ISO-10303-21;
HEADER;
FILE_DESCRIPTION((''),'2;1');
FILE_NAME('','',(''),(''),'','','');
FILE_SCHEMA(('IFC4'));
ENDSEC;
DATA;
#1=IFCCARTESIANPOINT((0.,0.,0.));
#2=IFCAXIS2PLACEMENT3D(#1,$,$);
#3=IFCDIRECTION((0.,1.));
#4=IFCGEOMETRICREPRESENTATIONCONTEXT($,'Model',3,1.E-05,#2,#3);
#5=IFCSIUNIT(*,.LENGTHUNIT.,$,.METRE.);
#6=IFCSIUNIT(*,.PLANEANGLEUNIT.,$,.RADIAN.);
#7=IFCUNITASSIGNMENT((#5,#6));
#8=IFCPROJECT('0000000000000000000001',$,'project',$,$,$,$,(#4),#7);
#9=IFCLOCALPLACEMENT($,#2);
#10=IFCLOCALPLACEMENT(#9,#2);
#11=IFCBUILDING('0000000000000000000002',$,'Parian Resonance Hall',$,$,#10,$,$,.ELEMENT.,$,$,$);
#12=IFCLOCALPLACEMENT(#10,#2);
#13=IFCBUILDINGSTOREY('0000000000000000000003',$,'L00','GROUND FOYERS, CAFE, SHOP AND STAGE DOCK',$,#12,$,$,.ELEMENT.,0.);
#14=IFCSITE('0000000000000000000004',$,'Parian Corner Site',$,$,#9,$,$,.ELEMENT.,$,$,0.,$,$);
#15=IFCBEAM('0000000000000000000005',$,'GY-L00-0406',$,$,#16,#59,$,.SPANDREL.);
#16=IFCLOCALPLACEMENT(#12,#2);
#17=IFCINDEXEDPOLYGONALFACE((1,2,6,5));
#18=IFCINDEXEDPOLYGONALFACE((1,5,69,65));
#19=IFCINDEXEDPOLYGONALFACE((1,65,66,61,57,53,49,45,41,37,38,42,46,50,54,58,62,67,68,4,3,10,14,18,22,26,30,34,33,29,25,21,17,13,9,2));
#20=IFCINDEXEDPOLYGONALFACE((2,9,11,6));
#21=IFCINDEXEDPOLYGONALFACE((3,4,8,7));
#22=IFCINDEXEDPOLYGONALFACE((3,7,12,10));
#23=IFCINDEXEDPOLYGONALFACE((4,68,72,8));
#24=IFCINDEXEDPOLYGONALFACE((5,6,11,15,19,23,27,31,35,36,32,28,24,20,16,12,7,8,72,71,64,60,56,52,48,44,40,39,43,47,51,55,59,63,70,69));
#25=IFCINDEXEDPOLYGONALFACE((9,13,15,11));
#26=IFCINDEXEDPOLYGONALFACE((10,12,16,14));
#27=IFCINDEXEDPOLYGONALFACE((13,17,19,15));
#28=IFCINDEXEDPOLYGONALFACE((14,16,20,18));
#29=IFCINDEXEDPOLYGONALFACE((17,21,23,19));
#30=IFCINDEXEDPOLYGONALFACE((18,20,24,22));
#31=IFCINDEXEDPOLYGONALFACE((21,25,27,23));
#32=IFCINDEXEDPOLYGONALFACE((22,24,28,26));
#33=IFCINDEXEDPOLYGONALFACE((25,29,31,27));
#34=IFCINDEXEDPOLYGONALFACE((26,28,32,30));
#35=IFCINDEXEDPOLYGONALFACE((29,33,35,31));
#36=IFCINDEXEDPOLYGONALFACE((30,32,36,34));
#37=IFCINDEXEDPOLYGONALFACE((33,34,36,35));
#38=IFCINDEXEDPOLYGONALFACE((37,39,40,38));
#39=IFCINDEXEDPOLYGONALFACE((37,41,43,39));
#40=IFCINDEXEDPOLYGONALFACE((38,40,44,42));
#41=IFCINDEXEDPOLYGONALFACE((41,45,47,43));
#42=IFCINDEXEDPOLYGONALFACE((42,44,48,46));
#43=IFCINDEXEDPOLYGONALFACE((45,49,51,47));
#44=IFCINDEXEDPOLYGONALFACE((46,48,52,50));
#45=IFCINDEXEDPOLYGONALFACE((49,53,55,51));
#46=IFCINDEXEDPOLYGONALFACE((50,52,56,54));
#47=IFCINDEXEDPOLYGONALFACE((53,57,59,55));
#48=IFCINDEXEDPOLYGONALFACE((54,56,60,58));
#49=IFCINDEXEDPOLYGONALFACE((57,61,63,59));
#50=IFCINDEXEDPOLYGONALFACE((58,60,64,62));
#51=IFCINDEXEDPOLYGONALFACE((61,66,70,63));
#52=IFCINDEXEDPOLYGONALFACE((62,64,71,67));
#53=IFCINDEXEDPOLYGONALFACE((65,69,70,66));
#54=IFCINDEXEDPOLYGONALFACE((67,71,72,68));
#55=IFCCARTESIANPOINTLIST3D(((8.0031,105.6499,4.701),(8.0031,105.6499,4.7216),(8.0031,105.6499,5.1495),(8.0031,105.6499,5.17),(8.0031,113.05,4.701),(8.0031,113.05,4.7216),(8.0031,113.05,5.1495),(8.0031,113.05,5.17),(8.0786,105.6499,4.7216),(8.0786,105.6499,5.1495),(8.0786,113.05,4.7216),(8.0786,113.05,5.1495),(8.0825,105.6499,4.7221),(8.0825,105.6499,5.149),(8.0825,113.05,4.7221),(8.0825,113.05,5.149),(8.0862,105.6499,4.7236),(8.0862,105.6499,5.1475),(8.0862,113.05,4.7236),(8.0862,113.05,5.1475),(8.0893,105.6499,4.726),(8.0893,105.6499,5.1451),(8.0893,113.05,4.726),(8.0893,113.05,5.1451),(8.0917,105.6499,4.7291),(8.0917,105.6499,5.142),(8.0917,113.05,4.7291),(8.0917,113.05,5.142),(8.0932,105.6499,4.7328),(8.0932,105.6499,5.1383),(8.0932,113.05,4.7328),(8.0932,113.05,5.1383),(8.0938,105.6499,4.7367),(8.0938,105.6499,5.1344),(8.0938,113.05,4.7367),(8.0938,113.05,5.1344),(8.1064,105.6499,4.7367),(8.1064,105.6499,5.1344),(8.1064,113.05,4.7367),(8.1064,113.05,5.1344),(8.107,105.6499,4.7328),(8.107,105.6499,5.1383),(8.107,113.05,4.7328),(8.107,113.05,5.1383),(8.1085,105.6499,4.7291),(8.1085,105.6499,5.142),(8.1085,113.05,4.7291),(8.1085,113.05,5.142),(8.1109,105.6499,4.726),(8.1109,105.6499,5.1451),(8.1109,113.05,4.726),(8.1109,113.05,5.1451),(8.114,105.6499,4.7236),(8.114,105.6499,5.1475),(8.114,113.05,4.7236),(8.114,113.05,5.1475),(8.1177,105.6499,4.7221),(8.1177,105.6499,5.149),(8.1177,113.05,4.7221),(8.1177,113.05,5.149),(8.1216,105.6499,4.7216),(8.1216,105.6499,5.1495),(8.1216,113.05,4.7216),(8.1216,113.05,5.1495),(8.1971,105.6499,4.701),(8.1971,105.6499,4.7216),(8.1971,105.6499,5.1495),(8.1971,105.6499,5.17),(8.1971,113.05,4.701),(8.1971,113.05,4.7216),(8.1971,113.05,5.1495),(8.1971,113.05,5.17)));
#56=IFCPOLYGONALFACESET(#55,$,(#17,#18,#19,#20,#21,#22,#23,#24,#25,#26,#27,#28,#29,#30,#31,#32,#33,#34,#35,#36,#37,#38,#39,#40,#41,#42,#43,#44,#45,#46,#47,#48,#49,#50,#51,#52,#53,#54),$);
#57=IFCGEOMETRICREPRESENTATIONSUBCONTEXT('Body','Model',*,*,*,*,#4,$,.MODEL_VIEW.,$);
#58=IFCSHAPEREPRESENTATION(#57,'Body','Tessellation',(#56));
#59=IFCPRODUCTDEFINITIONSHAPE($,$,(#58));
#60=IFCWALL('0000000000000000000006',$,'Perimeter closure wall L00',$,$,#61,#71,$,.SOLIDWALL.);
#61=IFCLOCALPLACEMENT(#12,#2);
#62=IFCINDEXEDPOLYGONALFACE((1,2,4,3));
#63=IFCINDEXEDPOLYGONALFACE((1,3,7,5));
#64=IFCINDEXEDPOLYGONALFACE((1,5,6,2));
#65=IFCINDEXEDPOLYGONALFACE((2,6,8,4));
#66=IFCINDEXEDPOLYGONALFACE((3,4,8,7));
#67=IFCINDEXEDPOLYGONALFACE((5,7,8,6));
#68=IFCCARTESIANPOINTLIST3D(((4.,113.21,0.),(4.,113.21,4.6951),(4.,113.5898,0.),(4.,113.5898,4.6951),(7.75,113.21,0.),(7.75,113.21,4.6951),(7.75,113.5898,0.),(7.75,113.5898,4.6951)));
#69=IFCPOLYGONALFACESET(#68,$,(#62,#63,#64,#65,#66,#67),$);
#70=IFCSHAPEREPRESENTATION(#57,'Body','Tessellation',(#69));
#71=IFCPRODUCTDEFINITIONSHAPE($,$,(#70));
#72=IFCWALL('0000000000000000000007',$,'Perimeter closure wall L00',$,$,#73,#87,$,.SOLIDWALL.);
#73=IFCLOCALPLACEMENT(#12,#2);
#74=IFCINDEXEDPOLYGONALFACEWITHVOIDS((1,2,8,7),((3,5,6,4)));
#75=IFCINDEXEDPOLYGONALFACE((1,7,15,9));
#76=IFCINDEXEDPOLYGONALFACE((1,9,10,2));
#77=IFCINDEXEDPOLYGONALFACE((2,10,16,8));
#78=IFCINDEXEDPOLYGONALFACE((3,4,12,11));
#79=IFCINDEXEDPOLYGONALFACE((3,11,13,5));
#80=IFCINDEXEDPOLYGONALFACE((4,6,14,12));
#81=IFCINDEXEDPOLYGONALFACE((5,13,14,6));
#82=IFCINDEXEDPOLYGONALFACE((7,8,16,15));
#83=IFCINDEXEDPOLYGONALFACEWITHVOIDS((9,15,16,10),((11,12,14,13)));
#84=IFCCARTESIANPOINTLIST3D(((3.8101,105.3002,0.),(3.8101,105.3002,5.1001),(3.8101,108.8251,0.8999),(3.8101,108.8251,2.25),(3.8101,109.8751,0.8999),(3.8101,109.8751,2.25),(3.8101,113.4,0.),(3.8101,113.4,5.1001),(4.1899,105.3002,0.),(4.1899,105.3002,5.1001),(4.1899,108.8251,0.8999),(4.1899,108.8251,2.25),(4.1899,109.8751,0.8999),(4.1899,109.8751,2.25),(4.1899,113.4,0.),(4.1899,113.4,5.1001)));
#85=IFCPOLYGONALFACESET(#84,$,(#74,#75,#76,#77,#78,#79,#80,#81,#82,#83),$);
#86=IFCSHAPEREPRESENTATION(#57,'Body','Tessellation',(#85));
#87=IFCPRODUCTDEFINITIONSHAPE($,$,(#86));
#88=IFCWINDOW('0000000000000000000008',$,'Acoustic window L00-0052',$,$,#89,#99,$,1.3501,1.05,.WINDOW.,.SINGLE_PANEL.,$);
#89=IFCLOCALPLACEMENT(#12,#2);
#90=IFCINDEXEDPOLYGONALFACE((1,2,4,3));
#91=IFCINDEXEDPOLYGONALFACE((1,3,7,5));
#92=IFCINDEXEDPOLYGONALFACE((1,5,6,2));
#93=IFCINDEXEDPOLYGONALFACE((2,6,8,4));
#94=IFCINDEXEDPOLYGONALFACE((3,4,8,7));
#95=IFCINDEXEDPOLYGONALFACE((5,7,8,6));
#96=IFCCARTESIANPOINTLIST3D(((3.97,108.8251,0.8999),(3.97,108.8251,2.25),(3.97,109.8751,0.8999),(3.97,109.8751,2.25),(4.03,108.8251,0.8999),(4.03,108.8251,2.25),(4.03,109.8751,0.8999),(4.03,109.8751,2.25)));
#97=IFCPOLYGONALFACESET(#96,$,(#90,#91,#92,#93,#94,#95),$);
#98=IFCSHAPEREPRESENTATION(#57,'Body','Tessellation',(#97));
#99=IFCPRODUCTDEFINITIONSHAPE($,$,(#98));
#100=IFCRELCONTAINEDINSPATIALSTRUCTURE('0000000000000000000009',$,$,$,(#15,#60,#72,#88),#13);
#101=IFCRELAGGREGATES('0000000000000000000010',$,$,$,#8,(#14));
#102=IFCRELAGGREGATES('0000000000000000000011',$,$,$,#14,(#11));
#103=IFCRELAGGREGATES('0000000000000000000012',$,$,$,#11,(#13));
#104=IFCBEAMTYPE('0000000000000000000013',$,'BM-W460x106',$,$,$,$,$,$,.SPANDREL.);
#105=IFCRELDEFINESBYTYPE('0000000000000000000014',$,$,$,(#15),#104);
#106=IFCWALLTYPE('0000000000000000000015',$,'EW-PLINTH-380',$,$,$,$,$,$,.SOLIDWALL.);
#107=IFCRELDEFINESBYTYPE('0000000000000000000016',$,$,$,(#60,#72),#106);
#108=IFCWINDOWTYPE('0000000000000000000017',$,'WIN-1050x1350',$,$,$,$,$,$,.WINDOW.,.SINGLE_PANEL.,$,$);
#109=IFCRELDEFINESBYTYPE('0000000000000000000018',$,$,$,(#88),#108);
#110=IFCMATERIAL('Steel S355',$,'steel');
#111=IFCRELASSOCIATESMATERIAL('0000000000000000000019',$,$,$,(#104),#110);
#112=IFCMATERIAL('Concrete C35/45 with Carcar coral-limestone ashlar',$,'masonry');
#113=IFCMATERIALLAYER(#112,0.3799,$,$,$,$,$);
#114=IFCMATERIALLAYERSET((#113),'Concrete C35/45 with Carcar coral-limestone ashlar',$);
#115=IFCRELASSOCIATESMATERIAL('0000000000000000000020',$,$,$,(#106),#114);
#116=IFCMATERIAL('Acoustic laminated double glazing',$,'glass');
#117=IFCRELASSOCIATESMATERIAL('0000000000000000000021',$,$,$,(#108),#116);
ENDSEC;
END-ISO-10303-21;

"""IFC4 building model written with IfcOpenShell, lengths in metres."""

from ifc_helpers import new_model, si_unit, direction, frame, frame_2d, origin, origin_2d, place, context, subcontext, project, spatial, rectangle, i_section, extrude, material, layer, layer_set, material_profile, profile_set, type_object, element, fill, save


model = new_model("IFC4")

# Units and contexts
model_context = context("Model", 3, precision=1e-05, world=origin(), true_north=direction((0.0, 1.0)))
body_context = subcontext(model_context, "Body", "Model", "MODEL_VIEW")
ifc_project = project(units=[si_unit("LENGTHUNIT", "METRE"), si_unit("PLANEANGLEUNIT", "RADIAN")], contexts=[model_context])

# Site, building, storey
site_placement = place(None, origin())
site = spatial("IfcSite", under=ifc_project, at=site_placement, Name="Parian Corner Site", CompositionType="ELEMENT", RefElevation=0.0)
building_placement = place(site_placement, origin())
building = spatial("IfcBuilding", under=site, at=building_placement, Name="Parian Resonance Hall", CompositionType="ELEMENT")
storey_placement = place(building_placement, origin())
storey = spatial("IfcBuildingStorey", under=building, at=storey_placement, Name="L00", Description="GROUND FOYERS, CAFE, SHOP AND STAGE DOCK", CompositionType="ELEMENT", Elevation=0.0)

# Beam
ifc_material_1 = material(Name="Steel S355", Category="steel")
ifc_material_profile_1 = material_profile(ifc_material_1, i_section(OverallWidth=0.1941, OverallDepth=0.469, WebThickness=0.0127, FlangeThickness=0.0205, FilletRadius=0.0151, at=origin_2d()), Name="W460x106")
ifc_profile_set_1 = profile_set([ifc_material_profile_1], Name="Steel S355")
beam_type_1 = type_object("IfcBeamType", Name="BM-W460x106", PredefinedType="SPANDREL", material=ifc_profile_set_1)
beam_1_placement = place(storey_placement, frame((8.1001, 105.6499, 4.9355), z_axis=(0.0, 1.0, 0.0), x_axis=(-1.0, 0.0, 0.0)))
element("IfcBeam", 1, at=beam_1_placement, inside=storey, type_object=beam_type_1, Name="GY-L00-0406", PredefinedType="SPANDREL", context=body_context, shape_type="SweptSolid", body=[
    extrude(i_section(OverallWidth=0.1941, OverallDepth=0.469, WebThickness=0.0127, FlangeThickness=0.0205, FilletRadius=0.0151, at=origin_2d()), origin(), (0.0, 0.0, 1.0), 7.4001),
])

# Shared definitions
ifc_material_2 = material(Name="Concrete C35/45 with Carcar coral-limestone ashlar", Category="masonry")
ifc_layer = layer(ifc_material_2, 0.3799)
ifc_layer_set = layer_set([ifc_layer], Name="Concrete C35/45 with Carcar coral-limestone ashlar")
wall_type = type_object("IfcWallType", Name="EW-PLINTH-380", PredefinedType="SOLIDWALL", material=ifc_layer_set)

# Wall
wall_1_placement = place(storey_placement, frame((7.75, 113.3999, 0.0), z_axis=(0.0, 0.0, 1.0), x_axis=(-1.0, 0.0, 0.0)))
element("IfcWall", 2, at=wall_1_placement, inside=storey, type_object=wall_type, Name="Perimeter closure wall L00", PredefinedType="SOLIDWALL", context=body_context, shape_type="SweptSolid", body=[
    extrude(rectangle(XDim=3.75, YDim=0.3799, at=frame_2d((1.875, 0.0))), origin(), (0.0, 0.0, 1.0), 4.6951),
])

# Wall, opening, window
wall_2_placement = place(storey_placement, frame((4.0, 113.3999, 0.0), z_axis=(0.0, 0.0, 1.0), x_axis=(0.0, -1.0, 0.0)))
wall_2 = element("IfcWall", 3, at=wall_2_placement, inside=storey, type_object=wall_type, Name="Perimeter closure wall L00", PredefinedType="SOLIDWALL", context=body_context, shape_type="SweptSolid", body=[
    extrude(rectangle(XDim=8.0999, YDim=0.3799, at=frame_2d((4.0498, 0.0))), origin(), (0.0, 0.0, 1.0), 5.1001),
])
opening_1_placement = place(wall_2_placement, frame((3.5249, 0.0, 0.8999)))
opening_1 = element("IfcOpeningElement", 4, at=opening_1_placement, cuts=wall_2, PredefinedType="OPENING", context=body_context, shape_type="SweptSolid", body=[
    extrude(rectangle(XDim=1.05, YDim=1.3501, at=frame_2d((0.5249, 0.675))), frame((0.0, 0.2, 0.0), z_axis=(0.0, -1.0, 0.0), x_axis=(1.0, 0.0, 0.0)), (0.0, 0.0, 1.0), 0.3999),
])
ifc_material_3 = material(Name="Acoustic laminated double glazing", Category="glass")
window_type = type_object("IfcWindowType", Name="WIN-1050x1350", PartitioningType="SINGLE_PANEL", PredefinedType="WINDOW", material=ifc_material_3)
window_placement = place(opening_1_placement, origin())
window = element("IfcWindow", 5, at=window_placement, inside=storey, type_object=window_type, Name="Acoustic window L00-0052", OverallHeight=1.3501, OverallWidth=1.05, PartitioningType="SINGLE_PANEL", PredefinedType="WINDOW", context=body_context, shape_type="SweptSolid", body=[
    extrude(rectangle(XDim=1.05, YDim=1.3501, at=frame_2d((0.5249, 0.675))), frame((0.0, 0.03, 0.0), z_axis=(0.0, -1.0, 0.0), x_axis=(1.0, 0.0, 0.0)), (0.0, 0.0, 1.0), 0.0601),
])
fill(opening_1, window)

save(model, "model.ifc")
